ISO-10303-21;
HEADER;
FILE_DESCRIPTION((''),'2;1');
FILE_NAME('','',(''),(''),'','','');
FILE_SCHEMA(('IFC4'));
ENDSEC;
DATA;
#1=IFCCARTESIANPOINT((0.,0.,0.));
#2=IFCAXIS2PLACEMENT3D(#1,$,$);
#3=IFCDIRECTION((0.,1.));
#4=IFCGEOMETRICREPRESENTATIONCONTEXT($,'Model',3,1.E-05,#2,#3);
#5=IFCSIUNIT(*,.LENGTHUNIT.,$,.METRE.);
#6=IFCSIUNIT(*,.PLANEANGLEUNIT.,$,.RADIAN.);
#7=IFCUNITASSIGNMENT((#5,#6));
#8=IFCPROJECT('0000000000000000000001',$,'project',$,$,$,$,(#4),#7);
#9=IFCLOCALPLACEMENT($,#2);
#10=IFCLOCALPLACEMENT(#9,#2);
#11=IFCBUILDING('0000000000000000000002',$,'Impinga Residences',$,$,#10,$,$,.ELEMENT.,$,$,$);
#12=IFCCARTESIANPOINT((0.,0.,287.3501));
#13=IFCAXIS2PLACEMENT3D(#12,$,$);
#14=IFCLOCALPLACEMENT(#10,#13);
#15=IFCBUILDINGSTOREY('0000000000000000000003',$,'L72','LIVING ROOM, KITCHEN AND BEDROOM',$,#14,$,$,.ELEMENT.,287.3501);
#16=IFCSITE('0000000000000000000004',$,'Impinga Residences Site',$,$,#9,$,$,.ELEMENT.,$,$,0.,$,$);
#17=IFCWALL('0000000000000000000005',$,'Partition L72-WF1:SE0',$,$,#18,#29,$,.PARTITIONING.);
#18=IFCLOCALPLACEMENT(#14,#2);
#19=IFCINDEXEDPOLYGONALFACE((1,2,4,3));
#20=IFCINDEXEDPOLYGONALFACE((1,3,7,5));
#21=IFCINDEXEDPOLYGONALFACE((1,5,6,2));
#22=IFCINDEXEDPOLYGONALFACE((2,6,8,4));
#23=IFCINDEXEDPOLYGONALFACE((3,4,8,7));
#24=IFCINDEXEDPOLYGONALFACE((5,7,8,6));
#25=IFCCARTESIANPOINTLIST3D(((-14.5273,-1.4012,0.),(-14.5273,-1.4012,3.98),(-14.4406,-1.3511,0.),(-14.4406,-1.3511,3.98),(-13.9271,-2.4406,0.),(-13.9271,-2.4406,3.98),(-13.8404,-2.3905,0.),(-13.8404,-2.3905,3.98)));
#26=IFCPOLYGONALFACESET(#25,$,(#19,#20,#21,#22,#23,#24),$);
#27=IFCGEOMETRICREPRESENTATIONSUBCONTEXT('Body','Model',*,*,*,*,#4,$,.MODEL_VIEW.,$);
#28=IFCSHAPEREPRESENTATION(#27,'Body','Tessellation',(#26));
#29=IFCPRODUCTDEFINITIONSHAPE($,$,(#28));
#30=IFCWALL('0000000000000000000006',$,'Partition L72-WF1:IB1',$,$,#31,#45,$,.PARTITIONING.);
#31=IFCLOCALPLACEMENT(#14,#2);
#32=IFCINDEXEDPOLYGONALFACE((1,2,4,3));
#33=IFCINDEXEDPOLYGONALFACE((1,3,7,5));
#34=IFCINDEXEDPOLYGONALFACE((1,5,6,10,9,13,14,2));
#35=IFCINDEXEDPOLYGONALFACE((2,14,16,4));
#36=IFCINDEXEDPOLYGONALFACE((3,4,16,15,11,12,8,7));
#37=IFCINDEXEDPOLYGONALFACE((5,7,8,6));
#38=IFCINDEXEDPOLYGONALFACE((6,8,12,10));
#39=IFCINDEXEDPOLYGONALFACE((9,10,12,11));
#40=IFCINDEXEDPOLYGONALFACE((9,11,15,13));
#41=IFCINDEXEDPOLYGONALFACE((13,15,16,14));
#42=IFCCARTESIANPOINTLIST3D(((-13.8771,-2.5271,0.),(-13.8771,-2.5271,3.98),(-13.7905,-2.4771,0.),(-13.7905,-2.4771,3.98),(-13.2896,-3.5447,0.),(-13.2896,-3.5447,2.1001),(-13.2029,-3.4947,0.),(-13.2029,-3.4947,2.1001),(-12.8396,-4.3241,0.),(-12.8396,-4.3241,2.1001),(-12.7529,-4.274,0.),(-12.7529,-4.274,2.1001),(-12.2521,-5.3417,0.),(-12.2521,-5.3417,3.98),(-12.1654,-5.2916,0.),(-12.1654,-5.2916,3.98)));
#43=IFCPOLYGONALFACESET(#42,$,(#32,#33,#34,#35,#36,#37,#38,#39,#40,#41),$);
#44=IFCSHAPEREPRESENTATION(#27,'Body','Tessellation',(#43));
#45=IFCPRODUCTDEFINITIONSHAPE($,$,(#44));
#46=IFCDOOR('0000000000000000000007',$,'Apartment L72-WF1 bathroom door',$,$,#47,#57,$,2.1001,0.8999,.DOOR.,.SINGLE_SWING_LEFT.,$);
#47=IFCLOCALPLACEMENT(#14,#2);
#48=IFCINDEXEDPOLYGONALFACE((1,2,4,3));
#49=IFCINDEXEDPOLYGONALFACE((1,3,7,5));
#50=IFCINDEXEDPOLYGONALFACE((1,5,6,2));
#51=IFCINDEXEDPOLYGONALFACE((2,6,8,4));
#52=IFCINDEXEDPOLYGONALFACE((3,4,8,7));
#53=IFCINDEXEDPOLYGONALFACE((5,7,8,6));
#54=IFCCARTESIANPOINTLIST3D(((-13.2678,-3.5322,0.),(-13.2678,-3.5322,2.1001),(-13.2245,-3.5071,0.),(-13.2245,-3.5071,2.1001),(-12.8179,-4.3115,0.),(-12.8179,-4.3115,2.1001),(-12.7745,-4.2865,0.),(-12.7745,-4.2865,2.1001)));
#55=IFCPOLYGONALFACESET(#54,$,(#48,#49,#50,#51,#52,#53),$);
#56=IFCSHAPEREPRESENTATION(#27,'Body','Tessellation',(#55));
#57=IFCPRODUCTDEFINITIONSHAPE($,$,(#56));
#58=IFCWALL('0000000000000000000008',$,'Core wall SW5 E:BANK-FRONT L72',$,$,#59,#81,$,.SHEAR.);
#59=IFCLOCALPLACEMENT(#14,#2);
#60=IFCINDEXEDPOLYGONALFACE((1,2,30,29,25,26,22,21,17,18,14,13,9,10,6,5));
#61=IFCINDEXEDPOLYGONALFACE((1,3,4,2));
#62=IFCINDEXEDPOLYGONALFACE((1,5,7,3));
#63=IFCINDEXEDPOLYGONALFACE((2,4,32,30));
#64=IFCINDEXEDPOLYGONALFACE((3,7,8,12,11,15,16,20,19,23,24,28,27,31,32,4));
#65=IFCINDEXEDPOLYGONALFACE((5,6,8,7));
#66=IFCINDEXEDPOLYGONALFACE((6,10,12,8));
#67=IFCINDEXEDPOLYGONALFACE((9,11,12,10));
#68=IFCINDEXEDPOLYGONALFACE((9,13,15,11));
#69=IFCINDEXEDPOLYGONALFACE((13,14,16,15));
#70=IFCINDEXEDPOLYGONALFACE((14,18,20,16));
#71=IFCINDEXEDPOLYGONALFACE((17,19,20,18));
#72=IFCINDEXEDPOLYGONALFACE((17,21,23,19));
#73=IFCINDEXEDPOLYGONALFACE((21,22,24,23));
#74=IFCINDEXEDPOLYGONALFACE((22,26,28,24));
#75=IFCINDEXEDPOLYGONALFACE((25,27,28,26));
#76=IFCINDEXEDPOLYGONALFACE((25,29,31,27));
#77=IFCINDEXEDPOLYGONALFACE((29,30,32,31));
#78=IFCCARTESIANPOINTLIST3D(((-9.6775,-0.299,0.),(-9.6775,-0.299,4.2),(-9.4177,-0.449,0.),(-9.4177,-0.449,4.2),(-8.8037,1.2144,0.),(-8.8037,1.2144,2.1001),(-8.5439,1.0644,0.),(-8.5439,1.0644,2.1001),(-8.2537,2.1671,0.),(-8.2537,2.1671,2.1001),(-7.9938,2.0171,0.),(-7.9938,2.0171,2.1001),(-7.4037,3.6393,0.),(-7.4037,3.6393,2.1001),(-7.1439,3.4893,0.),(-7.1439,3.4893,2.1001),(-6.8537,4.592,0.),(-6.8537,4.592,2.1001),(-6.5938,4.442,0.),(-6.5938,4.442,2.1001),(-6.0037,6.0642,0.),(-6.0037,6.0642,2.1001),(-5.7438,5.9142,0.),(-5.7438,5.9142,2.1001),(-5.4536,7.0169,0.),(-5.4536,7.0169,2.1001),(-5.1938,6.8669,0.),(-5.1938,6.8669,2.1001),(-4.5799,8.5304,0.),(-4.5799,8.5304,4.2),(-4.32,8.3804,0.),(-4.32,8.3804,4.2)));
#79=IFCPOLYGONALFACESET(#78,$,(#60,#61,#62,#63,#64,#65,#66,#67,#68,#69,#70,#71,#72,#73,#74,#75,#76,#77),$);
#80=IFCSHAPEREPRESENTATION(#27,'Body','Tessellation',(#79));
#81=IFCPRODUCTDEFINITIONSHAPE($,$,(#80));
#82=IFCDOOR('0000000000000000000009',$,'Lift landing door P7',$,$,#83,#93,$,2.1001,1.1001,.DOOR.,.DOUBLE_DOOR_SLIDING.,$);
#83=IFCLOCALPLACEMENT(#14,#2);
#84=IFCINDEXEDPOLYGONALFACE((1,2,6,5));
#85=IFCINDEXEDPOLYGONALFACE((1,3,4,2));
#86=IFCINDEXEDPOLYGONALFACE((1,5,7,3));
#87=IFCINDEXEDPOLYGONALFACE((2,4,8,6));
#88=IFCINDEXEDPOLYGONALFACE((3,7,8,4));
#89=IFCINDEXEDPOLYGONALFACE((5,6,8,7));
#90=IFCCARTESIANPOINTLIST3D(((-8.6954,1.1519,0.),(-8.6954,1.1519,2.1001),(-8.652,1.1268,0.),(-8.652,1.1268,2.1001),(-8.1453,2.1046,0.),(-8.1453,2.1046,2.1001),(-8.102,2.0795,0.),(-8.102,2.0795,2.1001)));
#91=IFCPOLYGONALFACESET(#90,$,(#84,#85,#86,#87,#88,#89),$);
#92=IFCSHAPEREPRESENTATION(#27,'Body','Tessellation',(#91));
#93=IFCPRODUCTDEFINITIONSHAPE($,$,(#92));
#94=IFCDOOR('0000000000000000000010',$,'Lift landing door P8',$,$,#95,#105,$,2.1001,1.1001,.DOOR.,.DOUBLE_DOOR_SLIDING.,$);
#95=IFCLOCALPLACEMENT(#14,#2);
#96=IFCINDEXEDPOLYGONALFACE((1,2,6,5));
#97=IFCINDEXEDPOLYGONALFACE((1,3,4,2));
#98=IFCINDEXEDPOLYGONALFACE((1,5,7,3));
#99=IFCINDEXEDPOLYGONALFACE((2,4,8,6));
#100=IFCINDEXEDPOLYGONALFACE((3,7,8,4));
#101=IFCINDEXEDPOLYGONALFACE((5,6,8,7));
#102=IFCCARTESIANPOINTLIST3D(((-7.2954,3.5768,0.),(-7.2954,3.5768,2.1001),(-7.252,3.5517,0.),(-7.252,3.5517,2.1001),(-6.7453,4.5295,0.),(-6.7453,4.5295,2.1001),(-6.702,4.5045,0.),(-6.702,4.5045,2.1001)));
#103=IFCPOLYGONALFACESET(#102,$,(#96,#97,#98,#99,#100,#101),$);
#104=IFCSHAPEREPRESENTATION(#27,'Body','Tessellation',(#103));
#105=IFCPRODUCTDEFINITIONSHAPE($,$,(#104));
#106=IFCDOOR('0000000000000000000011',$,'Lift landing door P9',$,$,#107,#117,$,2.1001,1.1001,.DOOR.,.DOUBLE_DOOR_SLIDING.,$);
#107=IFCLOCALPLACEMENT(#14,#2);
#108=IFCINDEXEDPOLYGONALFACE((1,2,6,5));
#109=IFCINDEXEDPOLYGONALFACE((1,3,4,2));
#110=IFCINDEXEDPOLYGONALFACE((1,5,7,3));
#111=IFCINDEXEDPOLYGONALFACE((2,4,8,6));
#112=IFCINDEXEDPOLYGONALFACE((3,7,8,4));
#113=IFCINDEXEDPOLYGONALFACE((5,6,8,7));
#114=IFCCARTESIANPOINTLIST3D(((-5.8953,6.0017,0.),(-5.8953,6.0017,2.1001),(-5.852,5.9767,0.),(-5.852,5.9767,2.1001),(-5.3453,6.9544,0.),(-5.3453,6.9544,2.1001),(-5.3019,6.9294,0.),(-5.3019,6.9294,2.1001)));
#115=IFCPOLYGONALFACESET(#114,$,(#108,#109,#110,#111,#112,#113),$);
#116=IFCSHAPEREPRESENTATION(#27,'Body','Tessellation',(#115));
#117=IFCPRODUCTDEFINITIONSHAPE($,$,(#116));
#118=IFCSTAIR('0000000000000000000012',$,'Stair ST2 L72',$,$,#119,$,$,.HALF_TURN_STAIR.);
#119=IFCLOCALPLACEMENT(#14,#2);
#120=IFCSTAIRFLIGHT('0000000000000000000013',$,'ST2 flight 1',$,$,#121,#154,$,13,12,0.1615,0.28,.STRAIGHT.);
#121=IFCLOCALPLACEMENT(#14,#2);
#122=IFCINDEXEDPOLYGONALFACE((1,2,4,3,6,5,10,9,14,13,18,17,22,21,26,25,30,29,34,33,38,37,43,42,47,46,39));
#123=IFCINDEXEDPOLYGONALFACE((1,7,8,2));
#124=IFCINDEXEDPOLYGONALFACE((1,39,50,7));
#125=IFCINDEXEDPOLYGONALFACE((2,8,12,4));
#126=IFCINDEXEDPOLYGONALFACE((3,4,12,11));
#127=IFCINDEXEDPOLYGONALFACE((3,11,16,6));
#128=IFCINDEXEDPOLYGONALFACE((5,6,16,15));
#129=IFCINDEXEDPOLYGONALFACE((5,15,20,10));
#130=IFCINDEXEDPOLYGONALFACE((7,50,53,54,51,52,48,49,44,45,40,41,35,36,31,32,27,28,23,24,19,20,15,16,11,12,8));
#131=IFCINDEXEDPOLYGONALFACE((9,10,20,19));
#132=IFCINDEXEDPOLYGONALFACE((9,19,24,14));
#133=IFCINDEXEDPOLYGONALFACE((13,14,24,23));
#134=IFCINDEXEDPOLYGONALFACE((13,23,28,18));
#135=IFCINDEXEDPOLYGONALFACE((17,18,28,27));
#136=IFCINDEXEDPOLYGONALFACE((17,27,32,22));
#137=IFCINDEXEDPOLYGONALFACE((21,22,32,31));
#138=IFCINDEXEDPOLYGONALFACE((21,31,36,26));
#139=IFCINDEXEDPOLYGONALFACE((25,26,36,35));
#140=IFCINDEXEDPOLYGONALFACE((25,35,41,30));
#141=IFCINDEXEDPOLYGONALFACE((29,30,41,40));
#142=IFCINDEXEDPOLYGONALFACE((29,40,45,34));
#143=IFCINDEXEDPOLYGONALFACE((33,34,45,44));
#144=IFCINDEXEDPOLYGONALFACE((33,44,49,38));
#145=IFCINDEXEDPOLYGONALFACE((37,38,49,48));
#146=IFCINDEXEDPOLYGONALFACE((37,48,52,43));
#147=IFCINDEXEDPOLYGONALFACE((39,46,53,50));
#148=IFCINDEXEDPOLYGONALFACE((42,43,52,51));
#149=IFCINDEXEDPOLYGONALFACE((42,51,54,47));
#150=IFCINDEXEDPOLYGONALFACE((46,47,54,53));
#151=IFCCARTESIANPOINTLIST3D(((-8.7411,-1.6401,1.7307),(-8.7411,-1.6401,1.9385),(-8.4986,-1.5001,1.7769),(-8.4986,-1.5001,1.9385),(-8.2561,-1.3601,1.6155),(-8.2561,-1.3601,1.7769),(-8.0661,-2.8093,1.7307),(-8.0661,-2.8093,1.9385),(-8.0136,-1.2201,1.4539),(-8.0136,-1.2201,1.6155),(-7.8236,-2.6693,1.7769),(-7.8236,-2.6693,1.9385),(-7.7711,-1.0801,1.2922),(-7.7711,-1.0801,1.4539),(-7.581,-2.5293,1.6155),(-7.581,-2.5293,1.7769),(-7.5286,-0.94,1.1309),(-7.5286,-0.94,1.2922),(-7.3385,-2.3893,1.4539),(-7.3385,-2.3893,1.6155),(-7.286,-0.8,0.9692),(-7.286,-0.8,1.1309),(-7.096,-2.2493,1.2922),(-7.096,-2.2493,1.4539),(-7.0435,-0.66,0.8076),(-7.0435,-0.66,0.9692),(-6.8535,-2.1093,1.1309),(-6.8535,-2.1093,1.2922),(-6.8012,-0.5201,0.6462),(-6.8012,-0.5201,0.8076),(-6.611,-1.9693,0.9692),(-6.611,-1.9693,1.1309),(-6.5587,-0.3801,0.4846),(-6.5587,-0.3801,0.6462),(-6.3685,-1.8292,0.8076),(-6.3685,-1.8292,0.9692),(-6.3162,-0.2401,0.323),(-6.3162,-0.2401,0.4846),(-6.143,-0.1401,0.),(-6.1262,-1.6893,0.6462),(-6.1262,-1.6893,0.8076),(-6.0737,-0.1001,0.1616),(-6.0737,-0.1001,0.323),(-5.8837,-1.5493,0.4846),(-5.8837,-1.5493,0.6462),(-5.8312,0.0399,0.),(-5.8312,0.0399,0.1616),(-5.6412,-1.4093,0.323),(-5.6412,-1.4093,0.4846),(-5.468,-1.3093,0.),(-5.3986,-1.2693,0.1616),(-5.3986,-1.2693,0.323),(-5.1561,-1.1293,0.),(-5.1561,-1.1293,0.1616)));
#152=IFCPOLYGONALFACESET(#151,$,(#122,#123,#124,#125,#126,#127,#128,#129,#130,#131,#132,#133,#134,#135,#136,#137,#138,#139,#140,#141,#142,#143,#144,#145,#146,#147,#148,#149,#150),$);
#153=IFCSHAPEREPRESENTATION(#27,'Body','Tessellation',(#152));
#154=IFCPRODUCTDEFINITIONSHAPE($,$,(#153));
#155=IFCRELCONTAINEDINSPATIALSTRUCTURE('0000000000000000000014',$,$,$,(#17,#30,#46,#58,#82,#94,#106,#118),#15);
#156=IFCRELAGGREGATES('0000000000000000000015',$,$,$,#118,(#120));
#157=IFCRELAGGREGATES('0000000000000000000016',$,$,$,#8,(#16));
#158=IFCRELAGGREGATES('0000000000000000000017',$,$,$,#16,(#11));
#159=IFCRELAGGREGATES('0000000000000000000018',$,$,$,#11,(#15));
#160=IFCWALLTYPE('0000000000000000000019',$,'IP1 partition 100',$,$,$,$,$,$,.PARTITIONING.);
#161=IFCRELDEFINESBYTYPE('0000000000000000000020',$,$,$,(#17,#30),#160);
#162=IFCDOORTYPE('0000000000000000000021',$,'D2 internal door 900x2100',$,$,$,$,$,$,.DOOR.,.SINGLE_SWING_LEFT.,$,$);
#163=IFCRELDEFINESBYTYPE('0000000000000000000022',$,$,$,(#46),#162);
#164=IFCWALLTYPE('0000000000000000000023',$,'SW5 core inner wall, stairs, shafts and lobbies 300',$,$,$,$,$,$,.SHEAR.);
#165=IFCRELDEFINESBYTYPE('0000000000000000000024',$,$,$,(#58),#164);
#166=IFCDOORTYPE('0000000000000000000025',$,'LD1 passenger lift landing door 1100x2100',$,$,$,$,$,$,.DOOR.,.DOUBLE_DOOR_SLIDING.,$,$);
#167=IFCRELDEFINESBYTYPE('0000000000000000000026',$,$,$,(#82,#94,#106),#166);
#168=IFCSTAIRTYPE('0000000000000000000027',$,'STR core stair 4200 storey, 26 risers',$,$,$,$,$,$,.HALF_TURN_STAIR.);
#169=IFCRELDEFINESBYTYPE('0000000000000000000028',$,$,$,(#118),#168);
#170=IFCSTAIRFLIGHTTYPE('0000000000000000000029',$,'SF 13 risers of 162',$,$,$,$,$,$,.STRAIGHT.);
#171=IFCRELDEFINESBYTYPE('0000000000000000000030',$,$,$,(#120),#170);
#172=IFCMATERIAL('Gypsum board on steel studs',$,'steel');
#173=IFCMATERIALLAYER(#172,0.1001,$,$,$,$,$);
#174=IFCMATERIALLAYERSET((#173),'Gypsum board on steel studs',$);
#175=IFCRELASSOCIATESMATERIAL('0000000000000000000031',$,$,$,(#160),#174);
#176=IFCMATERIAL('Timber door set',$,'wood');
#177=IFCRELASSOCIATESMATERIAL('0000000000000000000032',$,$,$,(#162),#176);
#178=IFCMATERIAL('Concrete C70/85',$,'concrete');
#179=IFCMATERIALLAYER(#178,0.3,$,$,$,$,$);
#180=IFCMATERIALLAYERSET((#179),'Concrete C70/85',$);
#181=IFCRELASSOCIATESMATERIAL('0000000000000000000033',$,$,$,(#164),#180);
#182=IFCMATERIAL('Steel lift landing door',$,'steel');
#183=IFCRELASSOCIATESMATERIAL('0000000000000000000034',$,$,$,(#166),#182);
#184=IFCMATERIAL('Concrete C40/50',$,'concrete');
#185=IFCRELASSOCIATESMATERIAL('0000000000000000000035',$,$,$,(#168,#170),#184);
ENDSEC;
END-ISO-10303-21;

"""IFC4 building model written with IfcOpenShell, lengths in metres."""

from ifc_helpers import new_model, si_unit, direction, frame, frame_2d, origin, place, context, subcontext, project, spatial, polyline, rectangle, outline, extrude, material, layer, layer_set, type_object, element, fill, aggregate, save


model = new_model("IFC4")

# Units and contexts
model_context = context("Model", 3, precision=1e-05, world=origin(), true_north=direction((0.0, 1.0)))
body_context = subcontext(model_context, "Body", "Model", "MODEL_VIEW")
ifc_project = project(units=[si_unit("LENGTHUNIT", "METRE"), si_unit("PLANEANGLEUNIT", "RADIAN")], contexts=[model_context])

# Site, building, storey
site_placement = place(None, origin())
site = spatial("IfcSite", under=ifc_project, at=site_placement, Name="Impinga Residences Site", CompositionType="ELEMENT", RefElevation=0.0)
building_placement = place(site_placement, origin())
building = spatial("IfcBuilding", under=site, at=building_placement, Name="Impinga Residences", CompositionType="ELEMENT")
storey_placement = place(building_placement, frame((0.0, 0.0, 287.3501)))
storey = spatial("IfcBuildingStorey", under=building, at=storey_placement, Name="L72", Description="LIVING ROOM, KITCHEN AND BEDROOM", CompositionType="ELEMENT", Elevation=287.3501)

# Shared definitions
ifc_material_1 = material(Name="Timber door set", Category="wood")

# Shared definitions
ifc_material_2 = material(Name="Gypsum board on steel studs", Category="steel")
ifc_layer_1 = layer(ifc_material_2, 0.1001)
ifc_layer_set_1 = layer_set([ifc_layer_1], Name="Gypsum board on steel studs")
wall_type_1 = type_object("IfcWallType", Name="IP1 partition 100", PredefinedType="PARTITIONING", material=ifc_layer_set_1)

# Shared definitions
door_type_1 = type_object("IfcDoorType", Name="D2 internal door 900x2100", OperationType="SINGLE_SWING_LEFT", PredefinedType="DOOR", material=ifc_material_1)

# Wall
wall_1_placement = place(storey_placement, frame((-13.8838, -2.4155, 0.0), z_axis=(0.0, 0.0, 1.0), x_axis=(-0.500034, 0.866006, 0.0)))
element("IfcWall", 1, at=wall_1_placement, inside=storey, type_object=wall_type_1, Name="Partition L72-WF1:SE0", PredefinedType="PARTITIONING", context=body_context, shape_type="SweptSolid", body=[
    extrude(rectangle(XDim=1.2002, YDim=0.1001, at=frame_2d((0.6001, 0.0))), origin(), (0.0, 0.0, 1.0), 3.98),
])

# Wall, opening, door
wall_2_placement = place(storey_placement, frame((-12.2087, -5.3167, 0.0), z_axis=(0.0, 0.0, 1.0), x_axis=(-0.500017, 0.866015, 0.0)))
wall_2 = element("IfcWall", 2, at=wall_2_placement, inside=storey, type_object=wall_type_1, Name="Partition L72-WF1:IB1", PredefinedType="PARTITIONING", context=body_context, shape_type="SweptSolid", body=[
    extrude(rectangle(XDim=3.25, YDim=0.1001, at=frame_2d((1.625, 0.0))), origin(), (0.0, 0.0, 1.0), 3.98),
])
opening_1_placement = place(wall_2_placement, frame((1.175, 0.0, 0.0)))
opening_1 = element("IfcOpeningElement", 3, at=opening_1_placement, cuts=wall_2, PredefinedType="OPENING", context=body_context, shape_type="SweptSolid", body=[
    extrude(rectangle(XDim=0.8999, YDim=2.1001, at=frame_2d((0.45, 1.05))), frame((0.0, 0.0601, 0.0), z_axis=(0.0, -1.0, 0.0), x_axis=(1.0, 0.0, 0.0)), (0.0, 0.0, 1.0), 0.1201),
])
door_1_placement = place(opening_1_placement, origin())
door_1 = element("IfcDoor", 4, at=door_1_placement, inside=storey, type_object=door_type_1, Name="Apartment L72-WF1 bathroom door", OperationType="SINGLE_SWING_LEFT", OverallHeight=2.1001, OverallWidth=0.8999, PredefinedType="DOOR", context=body_context, shape_type="SweptSolid", body=[
    extrude(rectangle(XDim=0.8999, YDim=2.1001, at=frame_2d((0.45, 1.05))), frame((0.0, 0.0249, 0.0), z_axis=(0.0, -1.0, 0.0), x_axis=(1.0, 0.0, 0.0)), (0.0, 0.0, 1.0), 0.05),
])
fill(opening_1, door_1)

# Wall, openings, doors
ifc_material_3 = material(Name="Concrete C70/85", Category="concrete")
ifc_layer_2 = layer(ifc_material_3, 0.3)
ifc_layer_set_2 = layer_set([ifc_layer_2], Name="Concrete C70/85")
wall_type_2 = type_object("IfcWallType", Name="SW5 core inner wall, stairs, shafts and lobbies 300", PredefinedType="SHEAR", material=ifc_layer_set_2)
wall_3_placement = place(storey_placement, frame((-9.5476, -0.374, 0.0), z_axis=(0.0, 0.0, 1.0), x_axis=(0.500002, 0.866024, 0.0)))
wall_3 = element("IfcWall", 5, at=wall_3_placement, inside=storey, type_object=wall_type_2, Name="Core wall SW5 E:BANK-FRONT L72", PredefinedType="SHEAR", context=body_context, shape_type="SweptSolid", body=[
    extrude(rectangle(XDim=10.1953, YDim=0.3, at=frame_2d((5.0977, 0.0))), origin(), (0.0, 0.0, 1.0), 4.2),
])
opening_2_placement = place(wall_3_placement, frame((1.7476, 0.0, 0.0)))
opening_2 = element("IfcOpeningElement", 6, at=opening_2_placement, cuts=wall_3, PredefinedType="OPENING", context=body_context, shape_type="SweptSolid", body=[
    extrude(rectangle(XDim=1.1001, YDim=2.1001, at=frame_2d((0.55, 1.05))), frame((0.0, 0.1599, 0.0), z_axis=(0.0, -1.0, 0.0), x_axis=(1.0, 0.0, 0.0)), (0.0, 0.0, 1.0), 0.3201),
])
opening_3_placement = place(wall_3_placement, frame((4.5476, 0.0, 0.0)))
opening_3 = element("IfcOpeningElement", 7, at=opening_3_placement, cuts=wall_3, PredefinedType="OPENING", context=body_context, shape_type="SweptSolid", body=[
    extrude(rectangle(XDim=1.1001, YDim=2.1001, at=frame_2d((0.55, 1.05))), frame((0.0, 0.1599, 0.0), z_axis=(0.0, -1.0, 0.0), x_axis=(1.0, 0.0, 0.0)), (0.0, 0.0, 1.0), 0.3201),
])
opening_4_placement = place(wall_3_placement, frame((7.3477, 0.0, 0.0)))
opening_4 = element("IfcOpeningElement", 8, at=opening_4_placement, cuts=wall_3, PredefinedType="OPENING", context=body_context, shape_type="SweptSolid", body=[
    extrude(rectangle(XDim=1.1001, YDim=2.1001, at=frame_2d((0.55, 1.05))), frame((0.0, 0.1599, 0.0), z_axis=(0.0, -1.0, 0.0), x_axis=(1.0, 0.0, 0.0)), (0.0, 0.0, 1.0), 0.3201),
])
ifc_material_4 = material(Name="Steel lift landing door", Category="steel")
door_type_2 = type_object("IfcDoorType", Name="LD1 passenger lift landing door 1100x2100", OperationType="DOUBLE_DOOR_SLIDING", PredefinedType="DOOR", material=ifc_material_4)
door_2_placement = place(opening_2_placement, origin())
door_2 = element("IfcDoor", 9, at=door_2_placement, inside=storey, type_object=door_type_2, Name="Lift landing door P7", OperationType="DOUBLE_DOOR_SLIDING", OverallHeight=2.1001, OverallWidth=1.1001, PredefinedType="DOOR", context=body_context, shape_type="SweptSolid", body=[
    extrude(rectangle(XDim=1.1001, YDim=2.1001, at=frame_2d((0.55, 1.05))), frame((0.0, 0.0249, 0.0), z_axis=(0.0, -1.0, 0.0), x_axis=(1.0, 0.0, 0.0)), (0.0, 0.0, 1.0), 0.05),
])
fill(opening_2, door_2)
door_3_placement = place(opening_3_placement, origin())
door_3 = element("IfcDoor", 10, at=door_3_placement, inside=storey, type_object=door_type_2, Name="Lift landing door P8", OperationType="DOUBLE_DOOR_SLIDING", OverallHeight=2.1001, OverallWidth=1.1001, PredefinedType="DOOR", context=body_context, shape_type="SweptSolid", body=[
    extrude(rectangle(XDim=1.1001, YDim=2.1001, at=frame_2d((0.55, 1.05))), frame((0.0, 0.0249, 0.0), z_axis=(0.0, -1.0, 0.0), x_axis=(1.0, 0.0, 0.0)), (0.0, 0.0, 1.0), 0.05),
])
fill(opening_3, door_3)
door_4_placement = place(opening_4_placement, origin())
door_4 = element("IfcDoor", 11, at=door_4_placement, inside=storey, type_object=door_type_2, Name="Lift landing door P9", OperationType="DOUBLE_DOOR_SLIDING", OverallHeight=2.1001, OverallWidth=1.1001, PredefinedType="DOOR", context=body_context, shape_type="SweptSolid", body=[
    extrude(rectangle(XDim=1.1001, YDim=2.1001, at=frame_2d((0.55, 1.05))), frame((0.0, 0.0249, 0.0), z_axis=(0.0, -1.0, 0.0), x_axis=(1.0, 0.0, 0.0)), (0.0, 0.0, 1.0), 0.05),
])
fill(opening_4, door_4)

# Stair, stair flight
ifc_material_5 = material(Name="Concrete C40/50", Category="concrete")
stair_type = type_object("IfcStairType", Name="STR core stair 4200 storey, 26 risers", PredefinedType="HALF_TURN_STAIR", material=ifc_material_5)
stair_placement = place(storey_placement, origin())
stair = element("IfcStair", 12, at=stair_placement, inside=storey, type_object=stair_type, Name="Stair ST2 L72", PredefinedType="HALF_TURN_STAIR")
stair_flight_type = type_object("IfcStairFlightType", Name="SF 13 risers of 162", PredefinedType="STRAIGHT", material=ifc_material_5)
stair_flight_1_placement = place(storey_placement, frame((-5.4937, -0.5447, 0.0), z_axis=(0.0, 0.0, 1.0), x_axis=(-0.866025, -0.5, 0.0)))
stair_flight_1 = element("IfcStairFlight", 13, at=stair_flight_1_placement, type_object=stair_flight_type, Name="ST2 flight 1", NumberOfRisers=13, NumberOfTreads=12, PredefinedType="STRAIGHT", RiserHeight=0.1615, TreadLength=0.28, context=body_context, shape_type="SweptSolid", body=[
    extrude(outline(polyline([(0.0, 0.0), (0.0, 0.1616), (0.28, 0.1616), (0.28, 0.323), (0.5601, 0.323), (0.5601, 0.4846), (0.8401, 0.4846), (0.8401, 0.6462), (1.1201, 0.6462), (1.1201, 0.8076), (1.3999, 0.8076), (1.3999, 0.9692), (1.6799, 0.9692), (1.6799, 1.1309), (1.96, 1.1309), (1.96, 1.2922), (2.24, 1.2922), (2.24, 1.4539), (2.52, 1.4539), (2.52, 1.6155), (2.8, 1.6155), (2.8, 1.7769), (3.0801, 1.7769), (3.0801, 1.9385), (3.3601, 1.9385), (3.3601, 2.1001), (3.3601, 1.7307), (0.3601, 0.0), (0.0, 0.0)])), frame((0.0, 0.675, 0.0), z_axis=(0.0, -1.0, 0.0), x_axis=(1.0, 0.0, 0.0)), (0.0, 0.0, 1.0), 1.3501),
])
aggregate(stair, [stair_flight_1])

save(model, "model.ifc")
